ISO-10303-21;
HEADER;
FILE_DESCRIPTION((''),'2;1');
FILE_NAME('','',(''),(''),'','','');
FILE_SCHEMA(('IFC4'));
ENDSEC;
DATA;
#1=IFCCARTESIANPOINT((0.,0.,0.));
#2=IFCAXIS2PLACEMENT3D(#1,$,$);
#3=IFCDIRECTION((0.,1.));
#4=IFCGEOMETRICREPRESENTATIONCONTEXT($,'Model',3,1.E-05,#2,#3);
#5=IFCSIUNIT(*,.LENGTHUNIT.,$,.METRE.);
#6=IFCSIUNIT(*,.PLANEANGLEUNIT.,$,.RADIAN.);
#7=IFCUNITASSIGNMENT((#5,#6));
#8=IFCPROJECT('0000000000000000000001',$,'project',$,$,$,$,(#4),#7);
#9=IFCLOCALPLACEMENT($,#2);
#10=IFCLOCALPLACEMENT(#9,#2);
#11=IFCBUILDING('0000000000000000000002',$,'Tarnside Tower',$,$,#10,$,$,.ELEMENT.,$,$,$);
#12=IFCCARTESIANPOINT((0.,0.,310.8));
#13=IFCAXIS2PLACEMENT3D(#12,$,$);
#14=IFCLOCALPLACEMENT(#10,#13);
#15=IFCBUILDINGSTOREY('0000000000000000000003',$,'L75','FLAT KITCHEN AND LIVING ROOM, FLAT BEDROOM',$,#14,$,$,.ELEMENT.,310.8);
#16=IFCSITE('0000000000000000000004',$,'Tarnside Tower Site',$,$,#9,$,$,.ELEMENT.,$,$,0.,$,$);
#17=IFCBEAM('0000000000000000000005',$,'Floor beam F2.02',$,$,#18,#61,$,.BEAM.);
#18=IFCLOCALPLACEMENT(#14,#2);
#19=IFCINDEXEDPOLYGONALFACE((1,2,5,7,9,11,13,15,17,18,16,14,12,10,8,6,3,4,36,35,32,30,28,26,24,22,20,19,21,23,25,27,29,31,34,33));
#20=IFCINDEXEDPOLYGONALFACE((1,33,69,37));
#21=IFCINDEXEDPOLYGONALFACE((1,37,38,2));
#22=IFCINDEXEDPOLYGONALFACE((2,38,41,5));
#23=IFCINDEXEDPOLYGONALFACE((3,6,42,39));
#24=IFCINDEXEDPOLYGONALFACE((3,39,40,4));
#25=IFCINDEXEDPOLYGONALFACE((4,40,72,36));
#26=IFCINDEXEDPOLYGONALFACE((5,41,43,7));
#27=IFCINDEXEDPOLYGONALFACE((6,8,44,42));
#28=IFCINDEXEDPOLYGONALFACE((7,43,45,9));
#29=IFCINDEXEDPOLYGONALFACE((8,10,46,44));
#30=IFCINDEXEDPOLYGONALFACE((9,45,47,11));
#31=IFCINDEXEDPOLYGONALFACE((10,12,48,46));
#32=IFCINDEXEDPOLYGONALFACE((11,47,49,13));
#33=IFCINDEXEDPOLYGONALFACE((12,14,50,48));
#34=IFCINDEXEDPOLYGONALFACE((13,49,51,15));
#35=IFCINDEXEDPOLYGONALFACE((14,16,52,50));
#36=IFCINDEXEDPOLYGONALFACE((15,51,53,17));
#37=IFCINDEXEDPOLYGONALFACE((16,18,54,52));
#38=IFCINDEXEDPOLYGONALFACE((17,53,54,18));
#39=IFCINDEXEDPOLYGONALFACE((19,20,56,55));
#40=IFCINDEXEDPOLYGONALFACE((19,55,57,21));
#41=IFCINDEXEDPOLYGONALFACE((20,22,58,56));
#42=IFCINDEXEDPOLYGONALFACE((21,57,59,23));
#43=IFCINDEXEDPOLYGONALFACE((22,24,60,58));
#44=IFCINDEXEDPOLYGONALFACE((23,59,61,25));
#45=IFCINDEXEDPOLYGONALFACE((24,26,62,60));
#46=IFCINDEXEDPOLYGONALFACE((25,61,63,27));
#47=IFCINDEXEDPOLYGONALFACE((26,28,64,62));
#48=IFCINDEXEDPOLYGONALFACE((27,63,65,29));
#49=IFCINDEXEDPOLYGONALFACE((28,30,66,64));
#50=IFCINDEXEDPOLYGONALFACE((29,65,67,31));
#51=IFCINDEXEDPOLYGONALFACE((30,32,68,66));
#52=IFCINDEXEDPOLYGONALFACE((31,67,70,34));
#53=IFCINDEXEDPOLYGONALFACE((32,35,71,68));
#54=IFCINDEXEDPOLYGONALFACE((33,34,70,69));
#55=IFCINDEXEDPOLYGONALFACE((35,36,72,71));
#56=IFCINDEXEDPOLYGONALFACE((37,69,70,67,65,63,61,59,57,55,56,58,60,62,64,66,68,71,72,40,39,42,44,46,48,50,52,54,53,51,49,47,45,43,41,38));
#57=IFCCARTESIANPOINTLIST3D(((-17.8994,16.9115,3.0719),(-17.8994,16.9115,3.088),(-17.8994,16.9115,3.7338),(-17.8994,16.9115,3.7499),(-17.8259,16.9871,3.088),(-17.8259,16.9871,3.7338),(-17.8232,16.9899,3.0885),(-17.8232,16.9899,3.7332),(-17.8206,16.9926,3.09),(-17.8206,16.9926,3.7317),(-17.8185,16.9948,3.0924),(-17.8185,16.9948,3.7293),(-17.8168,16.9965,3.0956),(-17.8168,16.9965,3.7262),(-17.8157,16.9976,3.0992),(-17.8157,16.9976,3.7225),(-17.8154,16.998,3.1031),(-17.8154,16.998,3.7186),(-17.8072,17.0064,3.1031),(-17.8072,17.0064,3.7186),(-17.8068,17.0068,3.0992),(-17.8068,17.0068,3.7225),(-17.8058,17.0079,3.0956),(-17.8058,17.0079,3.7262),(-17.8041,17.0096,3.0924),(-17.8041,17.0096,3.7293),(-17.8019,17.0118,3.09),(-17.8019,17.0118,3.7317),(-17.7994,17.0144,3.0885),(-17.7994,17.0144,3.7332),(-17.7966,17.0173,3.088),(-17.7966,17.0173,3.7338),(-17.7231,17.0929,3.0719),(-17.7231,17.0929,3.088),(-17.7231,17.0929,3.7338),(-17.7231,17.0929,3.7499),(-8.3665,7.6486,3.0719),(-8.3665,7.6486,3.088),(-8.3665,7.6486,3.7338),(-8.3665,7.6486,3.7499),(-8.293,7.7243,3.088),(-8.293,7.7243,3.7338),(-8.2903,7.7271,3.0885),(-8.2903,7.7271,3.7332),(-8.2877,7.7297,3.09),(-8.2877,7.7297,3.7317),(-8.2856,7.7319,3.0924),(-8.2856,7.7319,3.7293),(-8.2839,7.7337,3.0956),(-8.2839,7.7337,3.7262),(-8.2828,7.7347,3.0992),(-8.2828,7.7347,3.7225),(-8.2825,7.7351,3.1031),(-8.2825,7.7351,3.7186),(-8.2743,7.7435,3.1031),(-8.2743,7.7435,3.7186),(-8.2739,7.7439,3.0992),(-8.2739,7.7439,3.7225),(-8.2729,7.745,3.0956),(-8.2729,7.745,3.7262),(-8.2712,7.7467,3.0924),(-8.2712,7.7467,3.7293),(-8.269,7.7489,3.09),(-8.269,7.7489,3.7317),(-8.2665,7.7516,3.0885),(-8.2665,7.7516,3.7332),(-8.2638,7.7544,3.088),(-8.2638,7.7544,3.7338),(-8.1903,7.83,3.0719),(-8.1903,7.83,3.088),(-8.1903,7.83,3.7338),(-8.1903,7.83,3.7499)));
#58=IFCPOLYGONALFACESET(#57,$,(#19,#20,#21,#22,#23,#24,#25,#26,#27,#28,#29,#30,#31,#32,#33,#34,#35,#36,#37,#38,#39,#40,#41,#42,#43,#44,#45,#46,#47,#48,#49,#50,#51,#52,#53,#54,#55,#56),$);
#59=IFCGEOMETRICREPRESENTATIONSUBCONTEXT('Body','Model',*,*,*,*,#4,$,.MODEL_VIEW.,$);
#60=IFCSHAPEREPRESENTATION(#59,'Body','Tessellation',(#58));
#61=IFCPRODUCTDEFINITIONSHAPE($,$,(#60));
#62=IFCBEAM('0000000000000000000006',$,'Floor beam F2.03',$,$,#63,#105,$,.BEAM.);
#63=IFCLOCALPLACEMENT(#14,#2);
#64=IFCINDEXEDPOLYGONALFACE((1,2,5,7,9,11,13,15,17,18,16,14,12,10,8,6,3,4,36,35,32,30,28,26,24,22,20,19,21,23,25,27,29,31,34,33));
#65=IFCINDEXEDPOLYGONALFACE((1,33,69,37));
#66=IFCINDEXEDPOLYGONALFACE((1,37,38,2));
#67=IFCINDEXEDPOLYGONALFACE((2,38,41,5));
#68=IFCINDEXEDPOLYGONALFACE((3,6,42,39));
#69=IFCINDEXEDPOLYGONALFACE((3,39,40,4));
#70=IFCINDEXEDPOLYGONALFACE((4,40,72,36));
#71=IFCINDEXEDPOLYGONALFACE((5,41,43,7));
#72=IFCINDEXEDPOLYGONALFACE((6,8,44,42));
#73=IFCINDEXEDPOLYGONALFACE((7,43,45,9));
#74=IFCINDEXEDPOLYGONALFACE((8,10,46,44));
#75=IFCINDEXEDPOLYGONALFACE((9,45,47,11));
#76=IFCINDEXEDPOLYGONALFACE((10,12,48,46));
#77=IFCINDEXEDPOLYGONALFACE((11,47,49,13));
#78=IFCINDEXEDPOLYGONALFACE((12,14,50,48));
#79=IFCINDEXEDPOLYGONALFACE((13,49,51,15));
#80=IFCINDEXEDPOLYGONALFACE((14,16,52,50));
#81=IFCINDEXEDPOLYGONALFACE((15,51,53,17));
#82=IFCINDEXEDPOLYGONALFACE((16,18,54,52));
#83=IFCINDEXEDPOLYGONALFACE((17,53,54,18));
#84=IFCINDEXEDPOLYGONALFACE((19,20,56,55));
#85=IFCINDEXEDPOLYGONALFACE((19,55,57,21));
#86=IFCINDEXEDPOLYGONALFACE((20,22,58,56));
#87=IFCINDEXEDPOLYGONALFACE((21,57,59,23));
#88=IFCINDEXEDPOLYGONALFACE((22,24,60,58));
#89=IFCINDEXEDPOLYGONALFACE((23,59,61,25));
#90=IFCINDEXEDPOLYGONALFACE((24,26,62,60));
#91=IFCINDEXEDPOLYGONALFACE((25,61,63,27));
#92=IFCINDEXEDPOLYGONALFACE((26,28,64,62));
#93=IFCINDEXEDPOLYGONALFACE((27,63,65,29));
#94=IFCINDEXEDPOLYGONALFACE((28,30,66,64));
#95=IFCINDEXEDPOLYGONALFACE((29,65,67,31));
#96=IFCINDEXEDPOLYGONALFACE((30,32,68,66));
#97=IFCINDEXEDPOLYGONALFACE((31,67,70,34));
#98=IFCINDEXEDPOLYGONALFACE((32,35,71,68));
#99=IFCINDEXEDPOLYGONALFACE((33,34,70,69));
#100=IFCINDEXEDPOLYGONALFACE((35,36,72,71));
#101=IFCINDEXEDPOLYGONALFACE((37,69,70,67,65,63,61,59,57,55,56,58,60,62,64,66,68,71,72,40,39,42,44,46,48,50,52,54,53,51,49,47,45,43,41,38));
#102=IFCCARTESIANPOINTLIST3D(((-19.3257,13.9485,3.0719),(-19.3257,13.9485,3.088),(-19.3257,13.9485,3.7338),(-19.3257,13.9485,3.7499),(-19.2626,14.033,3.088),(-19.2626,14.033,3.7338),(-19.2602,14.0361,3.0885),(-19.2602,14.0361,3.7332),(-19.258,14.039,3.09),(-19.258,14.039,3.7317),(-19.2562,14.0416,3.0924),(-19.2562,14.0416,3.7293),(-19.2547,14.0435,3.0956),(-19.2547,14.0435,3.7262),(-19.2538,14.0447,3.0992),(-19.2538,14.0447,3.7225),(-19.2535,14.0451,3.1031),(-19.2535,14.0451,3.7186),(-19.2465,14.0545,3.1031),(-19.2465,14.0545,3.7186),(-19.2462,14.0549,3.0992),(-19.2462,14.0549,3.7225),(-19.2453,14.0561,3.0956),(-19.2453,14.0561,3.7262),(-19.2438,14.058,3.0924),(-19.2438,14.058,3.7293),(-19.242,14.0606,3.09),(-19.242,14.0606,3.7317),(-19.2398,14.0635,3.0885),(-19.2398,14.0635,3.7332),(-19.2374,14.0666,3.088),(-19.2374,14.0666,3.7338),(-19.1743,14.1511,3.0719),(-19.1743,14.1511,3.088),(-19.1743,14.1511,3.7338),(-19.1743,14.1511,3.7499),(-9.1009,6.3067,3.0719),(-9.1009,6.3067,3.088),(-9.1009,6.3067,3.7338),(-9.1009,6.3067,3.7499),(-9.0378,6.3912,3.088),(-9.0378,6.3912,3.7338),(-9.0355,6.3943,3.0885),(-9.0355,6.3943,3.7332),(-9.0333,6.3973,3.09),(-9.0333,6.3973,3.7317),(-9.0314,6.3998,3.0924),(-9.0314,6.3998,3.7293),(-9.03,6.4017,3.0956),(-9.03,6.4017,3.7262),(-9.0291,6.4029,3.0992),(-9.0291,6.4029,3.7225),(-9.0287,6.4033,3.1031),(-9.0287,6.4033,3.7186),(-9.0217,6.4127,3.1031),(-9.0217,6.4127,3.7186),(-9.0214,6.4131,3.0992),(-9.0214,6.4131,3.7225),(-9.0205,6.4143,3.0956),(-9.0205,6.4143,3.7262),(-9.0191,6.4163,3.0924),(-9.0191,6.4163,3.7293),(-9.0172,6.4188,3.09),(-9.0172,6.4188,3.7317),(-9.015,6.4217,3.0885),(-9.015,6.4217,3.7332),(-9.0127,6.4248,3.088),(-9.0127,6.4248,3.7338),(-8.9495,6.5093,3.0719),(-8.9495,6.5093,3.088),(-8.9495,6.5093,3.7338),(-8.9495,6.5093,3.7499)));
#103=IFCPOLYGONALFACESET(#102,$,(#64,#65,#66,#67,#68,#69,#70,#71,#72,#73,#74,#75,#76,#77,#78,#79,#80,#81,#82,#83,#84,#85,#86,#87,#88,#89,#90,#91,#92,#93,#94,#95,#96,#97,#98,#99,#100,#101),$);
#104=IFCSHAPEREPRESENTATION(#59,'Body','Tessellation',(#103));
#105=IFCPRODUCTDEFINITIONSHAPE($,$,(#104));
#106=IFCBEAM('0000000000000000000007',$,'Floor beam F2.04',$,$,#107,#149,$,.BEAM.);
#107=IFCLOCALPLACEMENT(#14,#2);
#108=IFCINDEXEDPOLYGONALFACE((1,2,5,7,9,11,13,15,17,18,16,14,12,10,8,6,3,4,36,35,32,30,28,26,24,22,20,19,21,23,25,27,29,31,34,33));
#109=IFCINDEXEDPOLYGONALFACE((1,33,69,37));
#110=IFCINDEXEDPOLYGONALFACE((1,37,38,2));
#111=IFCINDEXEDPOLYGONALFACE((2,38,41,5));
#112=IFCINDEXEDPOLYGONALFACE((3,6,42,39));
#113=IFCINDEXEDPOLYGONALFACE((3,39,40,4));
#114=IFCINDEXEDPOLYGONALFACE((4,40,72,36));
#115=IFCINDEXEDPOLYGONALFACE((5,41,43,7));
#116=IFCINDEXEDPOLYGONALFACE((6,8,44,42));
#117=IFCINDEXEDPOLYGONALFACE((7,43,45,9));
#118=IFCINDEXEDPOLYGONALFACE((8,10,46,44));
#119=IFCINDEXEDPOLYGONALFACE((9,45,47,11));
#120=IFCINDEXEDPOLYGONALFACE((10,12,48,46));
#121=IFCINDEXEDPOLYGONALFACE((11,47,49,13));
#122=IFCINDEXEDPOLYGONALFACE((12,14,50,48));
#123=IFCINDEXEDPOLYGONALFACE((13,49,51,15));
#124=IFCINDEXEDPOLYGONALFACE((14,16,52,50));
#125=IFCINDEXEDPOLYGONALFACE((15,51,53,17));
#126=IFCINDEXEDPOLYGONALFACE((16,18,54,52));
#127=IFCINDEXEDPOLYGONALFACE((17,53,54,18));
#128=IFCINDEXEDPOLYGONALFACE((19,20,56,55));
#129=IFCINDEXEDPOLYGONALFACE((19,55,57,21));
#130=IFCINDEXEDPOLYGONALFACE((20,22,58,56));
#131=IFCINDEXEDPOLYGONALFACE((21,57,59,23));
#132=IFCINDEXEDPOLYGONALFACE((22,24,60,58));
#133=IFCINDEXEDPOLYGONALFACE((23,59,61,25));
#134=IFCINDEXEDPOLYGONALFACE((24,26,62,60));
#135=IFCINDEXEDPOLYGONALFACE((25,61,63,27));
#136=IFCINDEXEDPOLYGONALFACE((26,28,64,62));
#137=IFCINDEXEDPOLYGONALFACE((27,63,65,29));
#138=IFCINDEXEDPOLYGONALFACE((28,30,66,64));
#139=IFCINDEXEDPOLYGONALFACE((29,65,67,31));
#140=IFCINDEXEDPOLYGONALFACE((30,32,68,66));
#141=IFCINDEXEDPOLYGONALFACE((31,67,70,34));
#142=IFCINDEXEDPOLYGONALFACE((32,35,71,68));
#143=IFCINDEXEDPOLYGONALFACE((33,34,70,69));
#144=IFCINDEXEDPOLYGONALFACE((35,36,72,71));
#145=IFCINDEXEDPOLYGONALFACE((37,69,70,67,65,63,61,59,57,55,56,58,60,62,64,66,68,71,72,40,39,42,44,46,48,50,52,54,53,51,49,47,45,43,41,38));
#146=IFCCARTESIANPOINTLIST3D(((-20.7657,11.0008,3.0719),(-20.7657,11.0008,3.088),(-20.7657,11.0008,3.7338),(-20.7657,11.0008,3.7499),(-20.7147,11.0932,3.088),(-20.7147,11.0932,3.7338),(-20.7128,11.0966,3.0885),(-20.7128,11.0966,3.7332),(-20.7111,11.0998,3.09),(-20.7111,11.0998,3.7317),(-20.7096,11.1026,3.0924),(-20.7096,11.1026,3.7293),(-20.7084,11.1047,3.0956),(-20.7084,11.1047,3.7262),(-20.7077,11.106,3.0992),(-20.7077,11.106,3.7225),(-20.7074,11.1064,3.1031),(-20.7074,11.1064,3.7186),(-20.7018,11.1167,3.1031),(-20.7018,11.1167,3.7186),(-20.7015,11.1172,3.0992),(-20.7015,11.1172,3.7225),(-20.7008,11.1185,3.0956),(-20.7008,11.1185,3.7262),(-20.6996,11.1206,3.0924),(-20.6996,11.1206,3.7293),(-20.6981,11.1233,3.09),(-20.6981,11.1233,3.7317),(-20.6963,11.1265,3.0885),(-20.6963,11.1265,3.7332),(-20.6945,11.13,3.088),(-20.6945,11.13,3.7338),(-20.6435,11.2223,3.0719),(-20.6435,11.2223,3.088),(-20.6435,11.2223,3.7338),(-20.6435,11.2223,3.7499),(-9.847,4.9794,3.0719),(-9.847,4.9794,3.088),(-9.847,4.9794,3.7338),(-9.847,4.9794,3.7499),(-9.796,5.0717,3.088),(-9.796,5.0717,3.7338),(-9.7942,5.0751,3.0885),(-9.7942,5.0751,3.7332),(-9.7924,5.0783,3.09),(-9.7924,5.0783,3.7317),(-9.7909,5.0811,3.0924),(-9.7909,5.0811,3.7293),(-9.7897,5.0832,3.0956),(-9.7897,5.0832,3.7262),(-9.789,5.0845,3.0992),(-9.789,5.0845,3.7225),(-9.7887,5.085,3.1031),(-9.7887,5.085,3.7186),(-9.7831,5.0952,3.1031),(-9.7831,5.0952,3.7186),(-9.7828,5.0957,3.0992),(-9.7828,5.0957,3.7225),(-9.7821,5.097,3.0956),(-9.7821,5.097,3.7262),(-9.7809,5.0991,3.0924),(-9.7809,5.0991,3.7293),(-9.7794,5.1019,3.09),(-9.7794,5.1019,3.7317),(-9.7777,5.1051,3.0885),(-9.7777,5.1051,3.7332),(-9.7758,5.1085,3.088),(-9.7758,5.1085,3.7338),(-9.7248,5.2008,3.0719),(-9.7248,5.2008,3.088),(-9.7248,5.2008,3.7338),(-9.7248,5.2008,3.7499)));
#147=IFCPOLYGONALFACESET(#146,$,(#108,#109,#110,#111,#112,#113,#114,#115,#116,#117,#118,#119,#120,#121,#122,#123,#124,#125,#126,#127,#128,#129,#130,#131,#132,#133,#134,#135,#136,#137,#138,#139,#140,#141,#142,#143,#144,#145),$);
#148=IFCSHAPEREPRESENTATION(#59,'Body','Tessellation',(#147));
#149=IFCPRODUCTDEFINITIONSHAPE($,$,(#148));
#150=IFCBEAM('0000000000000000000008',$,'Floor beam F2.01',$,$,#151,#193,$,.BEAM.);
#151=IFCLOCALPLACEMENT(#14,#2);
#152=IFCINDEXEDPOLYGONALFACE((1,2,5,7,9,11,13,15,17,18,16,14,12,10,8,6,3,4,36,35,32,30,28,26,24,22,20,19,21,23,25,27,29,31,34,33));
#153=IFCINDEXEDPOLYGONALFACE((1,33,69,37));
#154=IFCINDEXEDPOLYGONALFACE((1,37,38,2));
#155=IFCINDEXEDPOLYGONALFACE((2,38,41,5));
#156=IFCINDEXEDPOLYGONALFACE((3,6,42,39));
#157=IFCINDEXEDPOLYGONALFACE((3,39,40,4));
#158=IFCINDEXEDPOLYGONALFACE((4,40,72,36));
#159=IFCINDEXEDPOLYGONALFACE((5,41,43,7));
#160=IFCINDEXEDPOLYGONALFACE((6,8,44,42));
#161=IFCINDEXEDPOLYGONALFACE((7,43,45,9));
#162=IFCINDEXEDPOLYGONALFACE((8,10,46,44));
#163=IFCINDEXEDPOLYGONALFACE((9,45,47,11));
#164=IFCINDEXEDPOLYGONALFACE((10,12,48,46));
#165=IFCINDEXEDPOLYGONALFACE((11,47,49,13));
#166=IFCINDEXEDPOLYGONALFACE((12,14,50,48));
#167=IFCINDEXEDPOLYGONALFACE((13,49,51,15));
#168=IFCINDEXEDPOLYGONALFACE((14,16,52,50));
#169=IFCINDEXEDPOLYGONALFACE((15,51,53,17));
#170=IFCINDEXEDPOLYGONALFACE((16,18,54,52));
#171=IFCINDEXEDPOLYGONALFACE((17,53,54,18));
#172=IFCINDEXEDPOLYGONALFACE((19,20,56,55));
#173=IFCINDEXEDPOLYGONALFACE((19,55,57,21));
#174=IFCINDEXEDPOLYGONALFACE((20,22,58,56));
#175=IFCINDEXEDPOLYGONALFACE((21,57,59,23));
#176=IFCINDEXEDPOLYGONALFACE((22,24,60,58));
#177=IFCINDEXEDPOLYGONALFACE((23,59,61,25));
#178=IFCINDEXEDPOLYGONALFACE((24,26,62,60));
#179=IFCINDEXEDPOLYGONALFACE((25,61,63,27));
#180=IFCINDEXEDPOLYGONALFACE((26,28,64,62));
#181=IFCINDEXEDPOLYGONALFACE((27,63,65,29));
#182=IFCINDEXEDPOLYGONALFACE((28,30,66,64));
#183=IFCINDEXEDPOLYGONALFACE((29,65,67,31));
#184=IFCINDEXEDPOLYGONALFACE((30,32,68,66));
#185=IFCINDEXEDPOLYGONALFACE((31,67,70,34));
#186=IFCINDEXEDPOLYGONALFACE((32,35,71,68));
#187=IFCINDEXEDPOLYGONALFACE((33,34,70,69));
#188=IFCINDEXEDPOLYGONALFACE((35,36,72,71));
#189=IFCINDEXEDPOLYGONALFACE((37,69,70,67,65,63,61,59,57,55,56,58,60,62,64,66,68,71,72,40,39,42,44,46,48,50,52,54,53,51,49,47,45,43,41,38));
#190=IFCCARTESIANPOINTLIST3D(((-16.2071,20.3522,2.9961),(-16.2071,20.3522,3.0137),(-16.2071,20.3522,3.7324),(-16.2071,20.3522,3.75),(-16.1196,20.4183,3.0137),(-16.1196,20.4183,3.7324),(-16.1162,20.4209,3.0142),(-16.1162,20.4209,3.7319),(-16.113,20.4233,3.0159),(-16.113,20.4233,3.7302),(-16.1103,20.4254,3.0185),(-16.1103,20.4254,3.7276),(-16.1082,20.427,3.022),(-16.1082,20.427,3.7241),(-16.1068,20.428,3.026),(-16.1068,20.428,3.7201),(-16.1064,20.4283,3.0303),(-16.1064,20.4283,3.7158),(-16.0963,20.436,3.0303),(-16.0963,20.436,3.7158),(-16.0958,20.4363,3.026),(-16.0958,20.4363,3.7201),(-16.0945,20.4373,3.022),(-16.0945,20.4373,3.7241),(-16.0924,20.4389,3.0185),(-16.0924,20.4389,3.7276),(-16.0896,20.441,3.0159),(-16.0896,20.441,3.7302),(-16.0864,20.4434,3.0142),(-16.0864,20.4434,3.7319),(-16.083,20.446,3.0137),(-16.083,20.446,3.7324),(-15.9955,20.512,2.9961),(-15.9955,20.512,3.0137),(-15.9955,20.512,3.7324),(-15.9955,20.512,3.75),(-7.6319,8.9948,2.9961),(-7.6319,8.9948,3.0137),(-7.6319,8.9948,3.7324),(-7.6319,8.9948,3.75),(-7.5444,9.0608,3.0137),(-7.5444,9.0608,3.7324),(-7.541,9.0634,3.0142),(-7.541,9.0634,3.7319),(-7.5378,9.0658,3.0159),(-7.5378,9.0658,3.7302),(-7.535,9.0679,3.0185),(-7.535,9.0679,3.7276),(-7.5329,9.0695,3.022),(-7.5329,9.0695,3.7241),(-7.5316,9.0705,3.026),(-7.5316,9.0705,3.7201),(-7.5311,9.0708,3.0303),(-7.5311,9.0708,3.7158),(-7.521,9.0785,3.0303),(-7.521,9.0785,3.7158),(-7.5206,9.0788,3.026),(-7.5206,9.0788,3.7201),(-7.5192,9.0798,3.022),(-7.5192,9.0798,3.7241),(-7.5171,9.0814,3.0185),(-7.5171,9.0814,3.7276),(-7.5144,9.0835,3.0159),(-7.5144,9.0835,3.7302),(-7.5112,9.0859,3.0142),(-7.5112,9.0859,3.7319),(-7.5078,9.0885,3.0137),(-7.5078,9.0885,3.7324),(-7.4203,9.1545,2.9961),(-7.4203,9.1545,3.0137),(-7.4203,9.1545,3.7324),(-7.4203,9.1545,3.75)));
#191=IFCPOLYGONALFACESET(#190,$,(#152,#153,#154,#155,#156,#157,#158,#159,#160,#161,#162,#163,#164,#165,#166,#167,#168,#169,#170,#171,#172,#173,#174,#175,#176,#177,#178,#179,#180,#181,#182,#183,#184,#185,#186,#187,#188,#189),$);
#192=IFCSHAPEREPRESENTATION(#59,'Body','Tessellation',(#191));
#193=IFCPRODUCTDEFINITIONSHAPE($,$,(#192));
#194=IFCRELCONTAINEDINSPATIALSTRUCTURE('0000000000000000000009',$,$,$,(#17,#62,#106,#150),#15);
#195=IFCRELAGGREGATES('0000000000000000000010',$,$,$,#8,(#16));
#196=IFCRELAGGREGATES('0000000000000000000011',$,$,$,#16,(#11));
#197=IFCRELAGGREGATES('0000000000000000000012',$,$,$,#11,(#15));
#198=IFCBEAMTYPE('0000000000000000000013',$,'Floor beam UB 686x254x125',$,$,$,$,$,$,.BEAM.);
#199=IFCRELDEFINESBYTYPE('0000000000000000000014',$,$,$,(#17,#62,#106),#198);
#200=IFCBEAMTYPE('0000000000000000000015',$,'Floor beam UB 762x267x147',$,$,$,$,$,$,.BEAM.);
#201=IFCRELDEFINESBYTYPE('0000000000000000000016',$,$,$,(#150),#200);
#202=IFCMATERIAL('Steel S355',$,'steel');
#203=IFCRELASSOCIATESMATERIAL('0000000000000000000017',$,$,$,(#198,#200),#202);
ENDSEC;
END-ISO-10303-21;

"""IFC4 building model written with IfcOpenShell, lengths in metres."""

from ifc_helpers import new_model, si_unit, direction, frame, origin, origin_2d, place, context, subcontext, project, spatial, i_section, extrude, material, material_profile, profile_set, type_object, element, save


model = new_model("IFC4")

# Units and contexts
model_context = context("Model", 3, precision=1e-05, world=origin(), true_north=direction((0.0, 1.0)))
body_context = subcontext(model_context, "Body", "Model", "MODEL_VIEW")
ifc_project = project(units=[si_unit("LENGTHUNIT", "METRE"), si_unit("PLANEANGLEUNIT", "RADIAN")], contexts=[model_context])

# Site, building, storey
site_placement = place(None, origin())
site = spatial("IfcSite", under=ifc_project, at=site_placement, Name="Tarnside Tower Site", CompositionType="ELEMENT", RefElevation=0.0)
building_placement = place(site_placement, origin())
building = spatial("IfcBuilding", under=site, at=building_placement, Name="Tarnside Tower", CompositionType="ELEMENT")
storey_placement = place(building_placement, frame((0.0, 0.0, 310.8)))
storey = spatial("IfcBuildingStorey", under=building, at=storey_placement, Name="L75", Description="FLAT KITCHEN AND LIVING ROOM, FLAT BEDROOM", CompositionType="ELEMENT", Elevation=310.8)

# Beams
ifc_material_1 = material(Name="Steel S355", Category="steel")
ifc_material_profile_1 = material_profile(ifc_material_1, i_section(OverallWidth=0.2529, OverallDepth=0.678, WebThickness=0.0117, FlangeThickness=0.0161, FilletRadius=0.0151, at=origin_2d()), Name="UB 686x254x125")
ifc_profile_set_1 = profile_set([ifc_material_profile_1], Name="Steel S355")
beam_type_1 = type_object("IfcBeamType", Name="Floor beam UB 686x254x125", PredefinedType="BEAM", material=ifc_profile_set_1)
beam_1_placement = place(storey_placement, frame((-17.8113, 17.0022, 3.4109), z_axis=(0.717191, -0.696877, 0.0), x_axis=(0.696877, 0.717191, 0.0)))
element("IfcBeam", 1, at=beam_1_placement, inside=storey, type_object=beam_type_1, Name="Floor beam F2.02", PredefinedType="BEAM", context=body_context, shape_type="SweptSolid", body=[
    extrude(i_section(OverallWidth=0.2529, OverallDepth=0.678, WebThickness=0.0117, FlangeThickness=0.0161, FilletRadius=0.0151, at=origin_2d()), origin(), (0.0, 0.0, 1.0), 13.292),
])
beam_2_placement = place(storey_placement, frame((-19.25, 14.0498, 3.4109), z_axis=(0.801006, -0.598656, 0.0), x_axis=(0.598656, 0.801006, 0.0)))
element("IfcBeam", 2, at=beam_2_placement, inside=storey, type_object=beam_type_1, Name="Floor beam F2.03", PredefinedType="BEAM", context=body_context, shape_type="SweptSolid", body=[
    extrude(i_section(OverallWidth=0.2529, OverallDepth=0.678, WebThickness=0.0117, FlangeThickness=0.0161, FilletRadius=0.0151, at=origin_2d()), origin(), (0.0, 0.0, 1.0), 12.7649),
])
beam_3_placement = place(storey_placement, frame((-20.7046, 11.1116, 3.4109), z_axis=(0.875667, -0.482916, 0.0), x_axis=(0.482916, 0.875667, 0.0)))
element("IfcBeam", 3, at=beam_3_placement, inside=storey, type_object=beam_type_1, Name="Floor beam F2.04", PredefinedType="BEAM", context=body_context, shape_type="SweptSolid", body=[
    extrude(i_section(OverallWidth=0.2529, OverallDepth=0.678, WebThickness=0.0117, FlangeThickness=0.0161, FilletRadius=0.0151, at=origin_2d()), origin(), (0.0, 0.0, 1.0), 12.469),
])
ifc_material_profile_2 = material_profile(ifc_material_1, i_section(OverallWidth=0.2651, OverallDepth=0.7539, WebThickness=0.0127, FlangeThickness=0.0176, FilletRadius=0.0166, at=origin_2d()), Name="UB 762x267x147")
ifc_profile_set_2 = profile_set([ifc_material_profile_2], Name="Steel S355")
beam_type_2 = type_object("IfcBeamType", Name="Floor beam UB 762x267x147", PredefinedType="BEAM", material=ifc_profile_set_2)
beam_4_placement = place(storey_placement, frame((-16.1013, 20.4321, 3.373), z_axis=(0.602566, -0.798069, 0.0), x_axis=(0.798069, 0.602566, 0.0)))
element("IfcBeam", 4, at=beam_4_placement, inside=storey, type_object=beam_type_2, Name="Floor beam F2.01", PredefinedType="BEAM", context=body_context, shape_type="SweptSolid", body=[
    extrude(i_section(OverallWidth=0.2651, OverallDepth=0.7539, WebThickness=0.0127, FlangeThickness=0.0176, FilletRadius=0.0166, at=origin_2d()), origin(), (0.0, 0.0, 1.0), 14.2312),
])

save(model, "model.ifc")
